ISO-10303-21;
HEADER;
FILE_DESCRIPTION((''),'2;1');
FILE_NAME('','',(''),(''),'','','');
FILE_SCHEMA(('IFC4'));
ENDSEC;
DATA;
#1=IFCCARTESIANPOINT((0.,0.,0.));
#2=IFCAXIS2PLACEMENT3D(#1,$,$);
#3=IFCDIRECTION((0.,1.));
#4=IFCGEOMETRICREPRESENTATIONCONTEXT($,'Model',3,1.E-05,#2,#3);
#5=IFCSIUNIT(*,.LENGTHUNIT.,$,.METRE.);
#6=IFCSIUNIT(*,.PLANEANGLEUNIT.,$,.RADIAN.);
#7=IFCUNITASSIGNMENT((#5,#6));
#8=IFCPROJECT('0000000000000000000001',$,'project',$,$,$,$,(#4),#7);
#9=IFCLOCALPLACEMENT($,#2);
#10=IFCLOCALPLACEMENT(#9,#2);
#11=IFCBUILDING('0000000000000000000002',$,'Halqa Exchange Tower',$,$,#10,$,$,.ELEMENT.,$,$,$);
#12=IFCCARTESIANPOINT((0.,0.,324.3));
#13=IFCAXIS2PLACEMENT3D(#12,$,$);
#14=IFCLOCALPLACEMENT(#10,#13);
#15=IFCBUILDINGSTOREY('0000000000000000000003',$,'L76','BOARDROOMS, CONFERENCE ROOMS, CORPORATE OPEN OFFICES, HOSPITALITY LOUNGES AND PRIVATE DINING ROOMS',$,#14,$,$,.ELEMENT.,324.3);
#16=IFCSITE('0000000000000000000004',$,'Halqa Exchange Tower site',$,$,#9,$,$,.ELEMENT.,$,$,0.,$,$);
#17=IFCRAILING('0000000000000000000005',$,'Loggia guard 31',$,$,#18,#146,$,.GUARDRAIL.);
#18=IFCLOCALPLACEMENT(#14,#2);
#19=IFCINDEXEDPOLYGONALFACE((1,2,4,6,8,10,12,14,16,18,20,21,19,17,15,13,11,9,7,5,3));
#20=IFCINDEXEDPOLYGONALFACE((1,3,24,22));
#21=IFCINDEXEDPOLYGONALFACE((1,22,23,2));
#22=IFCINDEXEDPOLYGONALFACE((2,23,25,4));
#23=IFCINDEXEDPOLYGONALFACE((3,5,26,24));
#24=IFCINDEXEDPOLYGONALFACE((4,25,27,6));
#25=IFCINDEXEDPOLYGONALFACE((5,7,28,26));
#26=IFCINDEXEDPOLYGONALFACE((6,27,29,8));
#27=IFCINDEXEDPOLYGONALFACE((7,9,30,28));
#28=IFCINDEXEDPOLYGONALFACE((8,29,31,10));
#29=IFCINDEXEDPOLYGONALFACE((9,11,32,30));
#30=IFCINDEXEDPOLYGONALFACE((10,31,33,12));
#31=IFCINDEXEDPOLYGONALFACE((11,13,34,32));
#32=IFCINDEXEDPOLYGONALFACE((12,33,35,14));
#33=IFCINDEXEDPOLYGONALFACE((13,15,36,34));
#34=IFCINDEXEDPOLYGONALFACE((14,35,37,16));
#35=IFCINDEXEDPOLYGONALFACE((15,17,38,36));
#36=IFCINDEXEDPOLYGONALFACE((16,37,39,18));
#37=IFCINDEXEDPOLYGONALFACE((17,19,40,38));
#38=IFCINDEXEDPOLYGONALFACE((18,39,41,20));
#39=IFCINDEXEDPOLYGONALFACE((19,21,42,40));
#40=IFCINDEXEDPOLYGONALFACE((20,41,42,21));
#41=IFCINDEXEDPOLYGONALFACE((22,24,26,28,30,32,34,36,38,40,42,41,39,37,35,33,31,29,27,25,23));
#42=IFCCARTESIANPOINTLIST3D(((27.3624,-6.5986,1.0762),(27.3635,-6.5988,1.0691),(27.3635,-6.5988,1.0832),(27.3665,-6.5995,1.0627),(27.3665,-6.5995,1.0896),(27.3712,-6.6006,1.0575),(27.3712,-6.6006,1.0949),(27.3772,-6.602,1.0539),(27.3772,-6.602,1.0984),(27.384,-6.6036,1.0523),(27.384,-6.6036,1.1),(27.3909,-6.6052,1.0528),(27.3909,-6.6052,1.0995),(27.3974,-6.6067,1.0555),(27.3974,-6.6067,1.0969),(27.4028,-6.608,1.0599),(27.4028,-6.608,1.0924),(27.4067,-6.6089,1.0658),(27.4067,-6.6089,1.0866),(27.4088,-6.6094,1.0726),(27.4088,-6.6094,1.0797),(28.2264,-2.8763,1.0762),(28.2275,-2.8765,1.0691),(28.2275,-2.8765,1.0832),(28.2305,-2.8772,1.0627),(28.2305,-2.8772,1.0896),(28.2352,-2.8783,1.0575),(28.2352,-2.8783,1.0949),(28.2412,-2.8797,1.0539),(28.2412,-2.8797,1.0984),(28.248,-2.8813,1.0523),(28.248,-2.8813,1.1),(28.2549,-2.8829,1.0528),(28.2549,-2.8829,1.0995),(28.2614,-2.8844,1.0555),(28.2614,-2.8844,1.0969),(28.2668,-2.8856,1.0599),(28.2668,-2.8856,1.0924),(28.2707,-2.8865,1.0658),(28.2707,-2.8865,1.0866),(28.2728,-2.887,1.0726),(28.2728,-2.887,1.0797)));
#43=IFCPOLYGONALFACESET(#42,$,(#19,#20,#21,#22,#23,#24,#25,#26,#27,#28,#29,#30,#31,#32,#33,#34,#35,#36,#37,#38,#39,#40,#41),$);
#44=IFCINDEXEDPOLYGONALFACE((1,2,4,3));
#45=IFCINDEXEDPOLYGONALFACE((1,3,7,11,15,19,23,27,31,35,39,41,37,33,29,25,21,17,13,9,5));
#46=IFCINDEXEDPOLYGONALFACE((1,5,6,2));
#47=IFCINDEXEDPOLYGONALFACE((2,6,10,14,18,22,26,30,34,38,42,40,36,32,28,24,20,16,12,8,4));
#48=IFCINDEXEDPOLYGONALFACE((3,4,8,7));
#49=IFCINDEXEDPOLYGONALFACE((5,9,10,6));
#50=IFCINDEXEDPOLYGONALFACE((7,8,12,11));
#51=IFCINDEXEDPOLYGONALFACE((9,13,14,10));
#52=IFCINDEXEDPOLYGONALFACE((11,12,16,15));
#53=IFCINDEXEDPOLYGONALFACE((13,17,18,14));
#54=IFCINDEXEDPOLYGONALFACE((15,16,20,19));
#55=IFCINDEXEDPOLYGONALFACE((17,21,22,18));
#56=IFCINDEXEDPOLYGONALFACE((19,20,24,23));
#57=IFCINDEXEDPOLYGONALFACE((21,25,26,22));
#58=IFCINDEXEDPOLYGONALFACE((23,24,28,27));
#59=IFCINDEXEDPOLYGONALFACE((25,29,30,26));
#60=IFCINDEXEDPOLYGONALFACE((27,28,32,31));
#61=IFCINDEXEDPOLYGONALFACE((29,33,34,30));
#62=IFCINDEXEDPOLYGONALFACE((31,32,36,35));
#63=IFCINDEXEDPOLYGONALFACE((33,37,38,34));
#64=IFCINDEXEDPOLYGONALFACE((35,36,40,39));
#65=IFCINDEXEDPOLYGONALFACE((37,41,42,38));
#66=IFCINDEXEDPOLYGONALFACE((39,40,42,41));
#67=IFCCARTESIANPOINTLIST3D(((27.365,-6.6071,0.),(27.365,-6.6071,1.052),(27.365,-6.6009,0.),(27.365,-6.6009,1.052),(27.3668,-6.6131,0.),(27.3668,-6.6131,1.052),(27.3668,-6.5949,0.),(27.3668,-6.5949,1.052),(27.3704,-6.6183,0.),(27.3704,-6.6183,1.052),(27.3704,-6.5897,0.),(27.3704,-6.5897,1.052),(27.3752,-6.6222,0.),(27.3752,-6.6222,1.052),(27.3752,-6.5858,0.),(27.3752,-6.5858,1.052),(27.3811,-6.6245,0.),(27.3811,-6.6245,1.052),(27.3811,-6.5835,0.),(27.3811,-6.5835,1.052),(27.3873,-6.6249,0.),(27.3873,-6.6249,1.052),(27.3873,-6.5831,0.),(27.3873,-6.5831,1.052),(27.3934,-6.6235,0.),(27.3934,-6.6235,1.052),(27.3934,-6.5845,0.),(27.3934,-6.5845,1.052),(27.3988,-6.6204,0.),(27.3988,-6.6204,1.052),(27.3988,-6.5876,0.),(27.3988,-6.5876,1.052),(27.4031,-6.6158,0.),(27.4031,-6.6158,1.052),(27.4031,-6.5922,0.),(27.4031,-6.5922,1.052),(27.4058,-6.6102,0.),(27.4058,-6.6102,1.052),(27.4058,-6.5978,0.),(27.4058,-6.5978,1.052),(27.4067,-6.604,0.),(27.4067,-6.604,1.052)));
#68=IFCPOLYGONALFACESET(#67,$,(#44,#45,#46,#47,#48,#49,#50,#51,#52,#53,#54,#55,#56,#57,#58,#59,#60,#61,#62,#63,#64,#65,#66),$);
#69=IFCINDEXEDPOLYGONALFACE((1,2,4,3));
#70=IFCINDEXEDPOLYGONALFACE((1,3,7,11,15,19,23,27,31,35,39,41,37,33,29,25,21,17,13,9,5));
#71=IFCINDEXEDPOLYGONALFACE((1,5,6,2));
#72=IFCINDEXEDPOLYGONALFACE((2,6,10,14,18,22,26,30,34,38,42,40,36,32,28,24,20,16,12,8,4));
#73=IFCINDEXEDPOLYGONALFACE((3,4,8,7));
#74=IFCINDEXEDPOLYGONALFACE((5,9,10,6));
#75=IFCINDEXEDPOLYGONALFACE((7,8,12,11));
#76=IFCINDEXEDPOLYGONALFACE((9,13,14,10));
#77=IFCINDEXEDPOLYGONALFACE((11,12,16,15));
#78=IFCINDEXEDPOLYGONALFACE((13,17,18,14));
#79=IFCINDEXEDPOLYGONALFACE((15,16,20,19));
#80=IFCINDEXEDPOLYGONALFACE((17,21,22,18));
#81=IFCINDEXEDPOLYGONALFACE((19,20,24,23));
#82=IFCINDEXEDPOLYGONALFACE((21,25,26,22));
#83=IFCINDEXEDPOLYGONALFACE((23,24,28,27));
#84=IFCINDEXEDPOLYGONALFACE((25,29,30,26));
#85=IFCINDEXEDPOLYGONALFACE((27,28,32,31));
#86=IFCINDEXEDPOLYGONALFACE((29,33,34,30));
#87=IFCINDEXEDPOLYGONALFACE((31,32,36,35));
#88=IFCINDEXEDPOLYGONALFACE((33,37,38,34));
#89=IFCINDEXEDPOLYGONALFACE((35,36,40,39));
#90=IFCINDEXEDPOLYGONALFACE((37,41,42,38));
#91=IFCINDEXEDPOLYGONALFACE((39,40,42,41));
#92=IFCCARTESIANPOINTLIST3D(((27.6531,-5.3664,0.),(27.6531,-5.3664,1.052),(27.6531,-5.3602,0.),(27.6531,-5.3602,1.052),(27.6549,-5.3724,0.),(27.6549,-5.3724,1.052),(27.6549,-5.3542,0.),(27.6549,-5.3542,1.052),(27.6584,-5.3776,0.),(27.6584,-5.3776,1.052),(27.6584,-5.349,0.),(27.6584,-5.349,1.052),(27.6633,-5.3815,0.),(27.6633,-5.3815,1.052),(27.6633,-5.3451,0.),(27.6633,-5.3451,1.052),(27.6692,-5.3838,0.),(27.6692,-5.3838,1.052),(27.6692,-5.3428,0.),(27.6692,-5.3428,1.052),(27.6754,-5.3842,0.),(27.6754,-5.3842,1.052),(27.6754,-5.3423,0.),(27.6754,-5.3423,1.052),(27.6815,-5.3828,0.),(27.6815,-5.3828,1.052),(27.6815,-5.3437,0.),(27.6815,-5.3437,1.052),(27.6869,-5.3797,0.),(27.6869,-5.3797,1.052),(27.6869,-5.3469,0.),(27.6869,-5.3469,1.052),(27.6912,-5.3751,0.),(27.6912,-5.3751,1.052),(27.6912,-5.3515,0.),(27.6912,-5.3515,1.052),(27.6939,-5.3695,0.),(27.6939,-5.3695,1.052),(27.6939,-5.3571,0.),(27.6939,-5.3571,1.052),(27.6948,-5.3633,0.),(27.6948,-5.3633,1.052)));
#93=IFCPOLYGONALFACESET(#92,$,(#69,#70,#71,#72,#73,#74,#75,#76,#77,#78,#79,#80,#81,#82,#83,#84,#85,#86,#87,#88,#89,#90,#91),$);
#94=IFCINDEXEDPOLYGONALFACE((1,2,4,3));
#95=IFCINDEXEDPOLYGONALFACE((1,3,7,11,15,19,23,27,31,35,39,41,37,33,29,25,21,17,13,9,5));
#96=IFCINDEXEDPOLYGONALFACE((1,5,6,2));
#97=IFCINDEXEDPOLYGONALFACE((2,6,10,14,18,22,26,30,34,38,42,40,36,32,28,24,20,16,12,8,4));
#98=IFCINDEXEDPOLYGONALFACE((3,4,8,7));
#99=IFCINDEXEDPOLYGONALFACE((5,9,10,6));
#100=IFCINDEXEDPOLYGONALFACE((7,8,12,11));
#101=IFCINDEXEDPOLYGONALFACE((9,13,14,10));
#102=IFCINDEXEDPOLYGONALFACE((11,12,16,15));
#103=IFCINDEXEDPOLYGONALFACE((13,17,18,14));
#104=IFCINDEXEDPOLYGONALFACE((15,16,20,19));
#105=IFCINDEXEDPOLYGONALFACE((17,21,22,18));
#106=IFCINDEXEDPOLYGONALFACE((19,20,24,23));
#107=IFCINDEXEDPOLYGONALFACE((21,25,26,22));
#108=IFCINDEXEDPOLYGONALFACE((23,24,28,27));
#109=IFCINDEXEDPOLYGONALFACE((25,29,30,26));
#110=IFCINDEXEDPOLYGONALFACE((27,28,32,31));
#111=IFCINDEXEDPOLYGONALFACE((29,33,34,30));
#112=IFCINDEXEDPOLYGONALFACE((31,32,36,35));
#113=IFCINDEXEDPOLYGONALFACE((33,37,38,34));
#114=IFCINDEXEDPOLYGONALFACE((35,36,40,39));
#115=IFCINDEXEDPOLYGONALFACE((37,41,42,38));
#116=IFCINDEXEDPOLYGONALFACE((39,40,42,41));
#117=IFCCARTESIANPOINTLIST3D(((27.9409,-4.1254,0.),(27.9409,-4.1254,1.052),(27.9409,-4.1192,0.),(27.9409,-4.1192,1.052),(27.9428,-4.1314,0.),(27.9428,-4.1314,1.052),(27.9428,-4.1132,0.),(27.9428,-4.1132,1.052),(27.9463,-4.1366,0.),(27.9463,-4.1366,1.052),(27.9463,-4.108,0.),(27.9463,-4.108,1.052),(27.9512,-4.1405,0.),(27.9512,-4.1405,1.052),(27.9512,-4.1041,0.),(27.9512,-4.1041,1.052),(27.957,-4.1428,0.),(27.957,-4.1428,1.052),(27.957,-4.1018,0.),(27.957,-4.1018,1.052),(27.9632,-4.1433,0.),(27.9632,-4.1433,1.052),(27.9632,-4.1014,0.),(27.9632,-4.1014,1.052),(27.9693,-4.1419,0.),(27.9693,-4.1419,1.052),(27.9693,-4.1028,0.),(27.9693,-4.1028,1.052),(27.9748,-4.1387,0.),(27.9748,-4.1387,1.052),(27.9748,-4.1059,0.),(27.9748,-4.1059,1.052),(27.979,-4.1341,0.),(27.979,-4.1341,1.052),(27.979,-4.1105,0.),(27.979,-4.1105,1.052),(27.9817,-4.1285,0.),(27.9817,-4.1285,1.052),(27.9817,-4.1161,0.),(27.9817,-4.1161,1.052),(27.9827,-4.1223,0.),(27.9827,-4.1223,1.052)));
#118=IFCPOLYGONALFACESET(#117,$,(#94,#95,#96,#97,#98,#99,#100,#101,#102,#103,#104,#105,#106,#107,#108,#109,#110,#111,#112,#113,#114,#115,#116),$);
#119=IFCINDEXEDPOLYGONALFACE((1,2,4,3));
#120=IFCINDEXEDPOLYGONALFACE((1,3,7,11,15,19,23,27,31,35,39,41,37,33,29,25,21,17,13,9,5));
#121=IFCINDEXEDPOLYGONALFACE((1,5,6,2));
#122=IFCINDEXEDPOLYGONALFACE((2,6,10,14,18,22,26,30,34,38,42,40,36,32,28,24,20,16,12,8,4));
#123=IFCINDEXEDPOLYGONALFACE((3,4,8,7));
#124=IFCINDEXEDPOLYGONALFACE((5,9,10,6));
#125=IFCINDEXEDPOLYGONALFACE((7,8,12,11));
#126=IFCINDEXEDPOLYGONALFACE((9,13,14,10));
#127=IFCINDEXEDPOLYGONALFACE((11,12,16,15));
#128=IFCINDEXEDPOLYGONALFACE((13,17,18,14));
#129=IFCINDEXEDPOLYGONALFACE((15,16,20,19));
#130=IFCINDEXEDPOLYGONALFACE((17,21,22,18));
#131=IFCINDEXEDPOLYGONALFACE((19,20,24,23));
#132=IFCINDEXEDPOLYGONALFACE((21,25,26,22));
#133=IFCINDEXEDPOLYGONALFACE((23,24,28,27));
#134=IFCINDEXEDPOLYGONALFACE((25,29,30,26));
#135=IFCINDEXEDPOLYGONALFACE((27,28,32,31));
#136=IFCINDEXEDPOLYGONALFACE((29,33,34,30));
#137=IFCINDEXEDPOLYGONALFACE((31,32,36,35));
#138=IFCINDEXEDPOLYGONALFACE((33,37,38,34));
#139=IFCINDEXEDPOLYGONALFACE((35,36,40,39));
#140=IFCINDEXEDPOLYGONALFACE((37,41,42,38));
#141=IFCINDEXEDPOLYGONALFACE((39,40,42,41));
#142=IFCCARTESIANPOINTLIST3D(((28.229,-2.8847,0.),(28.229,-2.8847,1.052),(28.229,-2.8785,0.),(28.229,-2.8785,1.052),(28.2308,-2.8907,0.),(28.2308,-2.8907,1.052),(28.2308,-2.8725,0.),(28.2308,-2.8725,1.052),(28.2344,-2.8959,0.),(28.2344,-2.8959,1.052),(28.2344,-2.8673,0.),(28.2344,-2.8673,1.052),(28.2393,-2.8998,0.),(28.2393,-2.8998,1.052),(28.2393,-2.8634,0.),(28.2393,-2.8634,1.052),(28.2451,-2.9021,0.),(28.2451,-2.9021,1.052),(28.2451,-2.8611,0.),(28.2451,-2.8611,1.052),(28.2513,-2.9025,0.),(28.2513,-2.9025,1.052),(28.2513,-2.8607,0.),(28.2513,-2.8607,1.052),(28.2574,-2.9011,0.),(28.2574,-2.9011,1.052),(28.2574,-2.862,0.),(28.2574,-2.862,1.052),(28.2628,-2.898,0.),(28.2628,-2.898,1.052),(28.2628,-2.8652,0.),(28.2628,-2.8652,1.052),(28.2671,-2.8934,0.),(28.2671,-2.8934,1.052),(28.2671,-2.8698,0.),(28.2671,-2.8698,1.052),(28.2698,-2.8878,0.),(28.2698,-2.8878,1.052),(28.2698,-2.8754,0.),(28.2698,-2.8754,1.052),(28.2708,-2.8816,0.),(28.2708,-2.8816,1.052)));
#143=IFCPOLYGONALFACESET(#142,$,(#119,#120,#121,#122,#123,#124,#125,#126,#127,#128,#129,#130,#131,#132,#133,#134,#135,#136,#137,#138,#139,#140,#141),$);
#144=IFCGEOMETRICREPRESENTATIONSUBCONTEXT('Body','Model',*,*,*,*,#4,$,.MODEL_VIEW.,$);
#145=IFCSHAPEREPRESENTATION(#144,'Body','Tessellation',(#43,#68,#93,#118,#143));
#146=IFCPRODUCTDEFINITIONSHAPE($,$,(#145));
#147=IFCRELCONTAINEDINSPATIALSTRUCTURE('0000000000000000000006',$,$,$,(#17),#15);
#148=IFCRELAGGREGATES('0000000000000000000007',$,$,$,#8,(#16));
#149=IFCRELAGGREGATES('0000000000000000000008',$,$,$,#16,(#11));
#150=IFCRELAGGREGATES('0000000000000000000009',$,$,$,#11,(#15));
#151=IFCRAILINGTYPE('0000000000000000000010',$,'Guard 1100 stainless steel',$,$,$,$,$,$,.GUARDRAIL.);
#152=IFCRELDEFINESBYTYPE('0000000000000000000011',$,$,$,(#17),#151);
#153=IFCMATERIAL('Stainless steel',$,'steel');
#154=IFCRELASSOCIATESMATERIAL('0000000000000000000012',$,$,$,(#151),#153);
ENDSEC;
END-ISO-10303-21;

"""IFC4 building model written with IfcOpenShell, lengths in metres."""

from ifc_helpers import new_model, si_unit, direction, frame, origin, origin_2d, place, context, subcontext, project, spatial, circle, extrude, material, type_object, element, save


model = new_model("IFC4")

# Units and contexts
model_context = context("Model", 3, precision=1e-05, world=origin(), true_north=direction((0.0, 1.0)))
body_context = subcontext(model_context, "Body", "Model", "MODEL_VIEW")
ifc_project = project(units=[si_unit("LENGTHUNIT", "METRE"), si_unit("PLANEANGLEUNIT", "RADIAN")], contexts=[model_context])

# Site, building, storey
site_placement = place(None, origin())
site = spatial("IfcSite", under=ifc_project, at=site_placement, Name="Halqa Exchange Tower site", CompositionType="ELEMENT", RefElevation=0.0)
building_placement = place(site_placement, origin())
building = spatial("IfcBuilding", under=site, at=building_placement, Name="Halqa Exchange Tower", CompositionType="ELEMENT")
storey_placement = place(building_placement, frame((0.0, 0.0, 324.3)))
storey = spatial("IfcBuildingStorey", under=building, at=storey_placement, Name="L76", Description="BOARDROOMS, CONFERENCE ROOMS, CORPORATE OPEN OFFICES, HOSPITALITY LOUNGES AND PRIVATE DINING ROOMS", CompositionType="ELEMENT", Elevation=324.3)

# Railing
ifc_material_1 = material(Name="Stainless steel", Category="steel")
railing_type = type_object("IfcRailingType", Name="Guard 1100 stainless steel", PredefinedType="GUARDRAIL", material=ifc_material_1)
railing_1_placement = place(storey_placement, frame((27.3857, -6.604, 0.0)))
element("IfcRailing", 1, at=railing_1_placement, inside=storey, type_object=railing_type, Name="Loggia guard 31", PredefinedType="GUARDRAIL", context=body_context, shape_type="SweptSolid", body=[
    extrude(circle(Radius=0.0239, at=origin_2d()), frame((0.0, 0.0, 1.0762), z_axis=(0.2261, 0.974104, 0.0), x_axis=(-0.974104, 0.2261, 0.0)), (0.0, 0.0, 1.0), 3.8213),
    extrude(circle(Radius=0.021, at=origin_2d()), origin(), (0.0, 0.0, 1.0), 1.052),
    extrude(circle(Radius=0.021, at=origin_2d()), frame((0.2881, 1.2407, 0.0)), (0.0, 0.0, 1.0), 1.052),
    extrude(circle(Radius=0.021, at=origin_2d()), frame((0.5759, 2.4817, 0.0)), (0.0, 0.0, 1.0), 1.052),
    extrude(circle(Radius=0.021, at=origin_2d()), frame((0.864, 3.7224, 0.0)), (0.0, 0.0, 1.0), 1.052),
])

save(model, "model.ifc")
